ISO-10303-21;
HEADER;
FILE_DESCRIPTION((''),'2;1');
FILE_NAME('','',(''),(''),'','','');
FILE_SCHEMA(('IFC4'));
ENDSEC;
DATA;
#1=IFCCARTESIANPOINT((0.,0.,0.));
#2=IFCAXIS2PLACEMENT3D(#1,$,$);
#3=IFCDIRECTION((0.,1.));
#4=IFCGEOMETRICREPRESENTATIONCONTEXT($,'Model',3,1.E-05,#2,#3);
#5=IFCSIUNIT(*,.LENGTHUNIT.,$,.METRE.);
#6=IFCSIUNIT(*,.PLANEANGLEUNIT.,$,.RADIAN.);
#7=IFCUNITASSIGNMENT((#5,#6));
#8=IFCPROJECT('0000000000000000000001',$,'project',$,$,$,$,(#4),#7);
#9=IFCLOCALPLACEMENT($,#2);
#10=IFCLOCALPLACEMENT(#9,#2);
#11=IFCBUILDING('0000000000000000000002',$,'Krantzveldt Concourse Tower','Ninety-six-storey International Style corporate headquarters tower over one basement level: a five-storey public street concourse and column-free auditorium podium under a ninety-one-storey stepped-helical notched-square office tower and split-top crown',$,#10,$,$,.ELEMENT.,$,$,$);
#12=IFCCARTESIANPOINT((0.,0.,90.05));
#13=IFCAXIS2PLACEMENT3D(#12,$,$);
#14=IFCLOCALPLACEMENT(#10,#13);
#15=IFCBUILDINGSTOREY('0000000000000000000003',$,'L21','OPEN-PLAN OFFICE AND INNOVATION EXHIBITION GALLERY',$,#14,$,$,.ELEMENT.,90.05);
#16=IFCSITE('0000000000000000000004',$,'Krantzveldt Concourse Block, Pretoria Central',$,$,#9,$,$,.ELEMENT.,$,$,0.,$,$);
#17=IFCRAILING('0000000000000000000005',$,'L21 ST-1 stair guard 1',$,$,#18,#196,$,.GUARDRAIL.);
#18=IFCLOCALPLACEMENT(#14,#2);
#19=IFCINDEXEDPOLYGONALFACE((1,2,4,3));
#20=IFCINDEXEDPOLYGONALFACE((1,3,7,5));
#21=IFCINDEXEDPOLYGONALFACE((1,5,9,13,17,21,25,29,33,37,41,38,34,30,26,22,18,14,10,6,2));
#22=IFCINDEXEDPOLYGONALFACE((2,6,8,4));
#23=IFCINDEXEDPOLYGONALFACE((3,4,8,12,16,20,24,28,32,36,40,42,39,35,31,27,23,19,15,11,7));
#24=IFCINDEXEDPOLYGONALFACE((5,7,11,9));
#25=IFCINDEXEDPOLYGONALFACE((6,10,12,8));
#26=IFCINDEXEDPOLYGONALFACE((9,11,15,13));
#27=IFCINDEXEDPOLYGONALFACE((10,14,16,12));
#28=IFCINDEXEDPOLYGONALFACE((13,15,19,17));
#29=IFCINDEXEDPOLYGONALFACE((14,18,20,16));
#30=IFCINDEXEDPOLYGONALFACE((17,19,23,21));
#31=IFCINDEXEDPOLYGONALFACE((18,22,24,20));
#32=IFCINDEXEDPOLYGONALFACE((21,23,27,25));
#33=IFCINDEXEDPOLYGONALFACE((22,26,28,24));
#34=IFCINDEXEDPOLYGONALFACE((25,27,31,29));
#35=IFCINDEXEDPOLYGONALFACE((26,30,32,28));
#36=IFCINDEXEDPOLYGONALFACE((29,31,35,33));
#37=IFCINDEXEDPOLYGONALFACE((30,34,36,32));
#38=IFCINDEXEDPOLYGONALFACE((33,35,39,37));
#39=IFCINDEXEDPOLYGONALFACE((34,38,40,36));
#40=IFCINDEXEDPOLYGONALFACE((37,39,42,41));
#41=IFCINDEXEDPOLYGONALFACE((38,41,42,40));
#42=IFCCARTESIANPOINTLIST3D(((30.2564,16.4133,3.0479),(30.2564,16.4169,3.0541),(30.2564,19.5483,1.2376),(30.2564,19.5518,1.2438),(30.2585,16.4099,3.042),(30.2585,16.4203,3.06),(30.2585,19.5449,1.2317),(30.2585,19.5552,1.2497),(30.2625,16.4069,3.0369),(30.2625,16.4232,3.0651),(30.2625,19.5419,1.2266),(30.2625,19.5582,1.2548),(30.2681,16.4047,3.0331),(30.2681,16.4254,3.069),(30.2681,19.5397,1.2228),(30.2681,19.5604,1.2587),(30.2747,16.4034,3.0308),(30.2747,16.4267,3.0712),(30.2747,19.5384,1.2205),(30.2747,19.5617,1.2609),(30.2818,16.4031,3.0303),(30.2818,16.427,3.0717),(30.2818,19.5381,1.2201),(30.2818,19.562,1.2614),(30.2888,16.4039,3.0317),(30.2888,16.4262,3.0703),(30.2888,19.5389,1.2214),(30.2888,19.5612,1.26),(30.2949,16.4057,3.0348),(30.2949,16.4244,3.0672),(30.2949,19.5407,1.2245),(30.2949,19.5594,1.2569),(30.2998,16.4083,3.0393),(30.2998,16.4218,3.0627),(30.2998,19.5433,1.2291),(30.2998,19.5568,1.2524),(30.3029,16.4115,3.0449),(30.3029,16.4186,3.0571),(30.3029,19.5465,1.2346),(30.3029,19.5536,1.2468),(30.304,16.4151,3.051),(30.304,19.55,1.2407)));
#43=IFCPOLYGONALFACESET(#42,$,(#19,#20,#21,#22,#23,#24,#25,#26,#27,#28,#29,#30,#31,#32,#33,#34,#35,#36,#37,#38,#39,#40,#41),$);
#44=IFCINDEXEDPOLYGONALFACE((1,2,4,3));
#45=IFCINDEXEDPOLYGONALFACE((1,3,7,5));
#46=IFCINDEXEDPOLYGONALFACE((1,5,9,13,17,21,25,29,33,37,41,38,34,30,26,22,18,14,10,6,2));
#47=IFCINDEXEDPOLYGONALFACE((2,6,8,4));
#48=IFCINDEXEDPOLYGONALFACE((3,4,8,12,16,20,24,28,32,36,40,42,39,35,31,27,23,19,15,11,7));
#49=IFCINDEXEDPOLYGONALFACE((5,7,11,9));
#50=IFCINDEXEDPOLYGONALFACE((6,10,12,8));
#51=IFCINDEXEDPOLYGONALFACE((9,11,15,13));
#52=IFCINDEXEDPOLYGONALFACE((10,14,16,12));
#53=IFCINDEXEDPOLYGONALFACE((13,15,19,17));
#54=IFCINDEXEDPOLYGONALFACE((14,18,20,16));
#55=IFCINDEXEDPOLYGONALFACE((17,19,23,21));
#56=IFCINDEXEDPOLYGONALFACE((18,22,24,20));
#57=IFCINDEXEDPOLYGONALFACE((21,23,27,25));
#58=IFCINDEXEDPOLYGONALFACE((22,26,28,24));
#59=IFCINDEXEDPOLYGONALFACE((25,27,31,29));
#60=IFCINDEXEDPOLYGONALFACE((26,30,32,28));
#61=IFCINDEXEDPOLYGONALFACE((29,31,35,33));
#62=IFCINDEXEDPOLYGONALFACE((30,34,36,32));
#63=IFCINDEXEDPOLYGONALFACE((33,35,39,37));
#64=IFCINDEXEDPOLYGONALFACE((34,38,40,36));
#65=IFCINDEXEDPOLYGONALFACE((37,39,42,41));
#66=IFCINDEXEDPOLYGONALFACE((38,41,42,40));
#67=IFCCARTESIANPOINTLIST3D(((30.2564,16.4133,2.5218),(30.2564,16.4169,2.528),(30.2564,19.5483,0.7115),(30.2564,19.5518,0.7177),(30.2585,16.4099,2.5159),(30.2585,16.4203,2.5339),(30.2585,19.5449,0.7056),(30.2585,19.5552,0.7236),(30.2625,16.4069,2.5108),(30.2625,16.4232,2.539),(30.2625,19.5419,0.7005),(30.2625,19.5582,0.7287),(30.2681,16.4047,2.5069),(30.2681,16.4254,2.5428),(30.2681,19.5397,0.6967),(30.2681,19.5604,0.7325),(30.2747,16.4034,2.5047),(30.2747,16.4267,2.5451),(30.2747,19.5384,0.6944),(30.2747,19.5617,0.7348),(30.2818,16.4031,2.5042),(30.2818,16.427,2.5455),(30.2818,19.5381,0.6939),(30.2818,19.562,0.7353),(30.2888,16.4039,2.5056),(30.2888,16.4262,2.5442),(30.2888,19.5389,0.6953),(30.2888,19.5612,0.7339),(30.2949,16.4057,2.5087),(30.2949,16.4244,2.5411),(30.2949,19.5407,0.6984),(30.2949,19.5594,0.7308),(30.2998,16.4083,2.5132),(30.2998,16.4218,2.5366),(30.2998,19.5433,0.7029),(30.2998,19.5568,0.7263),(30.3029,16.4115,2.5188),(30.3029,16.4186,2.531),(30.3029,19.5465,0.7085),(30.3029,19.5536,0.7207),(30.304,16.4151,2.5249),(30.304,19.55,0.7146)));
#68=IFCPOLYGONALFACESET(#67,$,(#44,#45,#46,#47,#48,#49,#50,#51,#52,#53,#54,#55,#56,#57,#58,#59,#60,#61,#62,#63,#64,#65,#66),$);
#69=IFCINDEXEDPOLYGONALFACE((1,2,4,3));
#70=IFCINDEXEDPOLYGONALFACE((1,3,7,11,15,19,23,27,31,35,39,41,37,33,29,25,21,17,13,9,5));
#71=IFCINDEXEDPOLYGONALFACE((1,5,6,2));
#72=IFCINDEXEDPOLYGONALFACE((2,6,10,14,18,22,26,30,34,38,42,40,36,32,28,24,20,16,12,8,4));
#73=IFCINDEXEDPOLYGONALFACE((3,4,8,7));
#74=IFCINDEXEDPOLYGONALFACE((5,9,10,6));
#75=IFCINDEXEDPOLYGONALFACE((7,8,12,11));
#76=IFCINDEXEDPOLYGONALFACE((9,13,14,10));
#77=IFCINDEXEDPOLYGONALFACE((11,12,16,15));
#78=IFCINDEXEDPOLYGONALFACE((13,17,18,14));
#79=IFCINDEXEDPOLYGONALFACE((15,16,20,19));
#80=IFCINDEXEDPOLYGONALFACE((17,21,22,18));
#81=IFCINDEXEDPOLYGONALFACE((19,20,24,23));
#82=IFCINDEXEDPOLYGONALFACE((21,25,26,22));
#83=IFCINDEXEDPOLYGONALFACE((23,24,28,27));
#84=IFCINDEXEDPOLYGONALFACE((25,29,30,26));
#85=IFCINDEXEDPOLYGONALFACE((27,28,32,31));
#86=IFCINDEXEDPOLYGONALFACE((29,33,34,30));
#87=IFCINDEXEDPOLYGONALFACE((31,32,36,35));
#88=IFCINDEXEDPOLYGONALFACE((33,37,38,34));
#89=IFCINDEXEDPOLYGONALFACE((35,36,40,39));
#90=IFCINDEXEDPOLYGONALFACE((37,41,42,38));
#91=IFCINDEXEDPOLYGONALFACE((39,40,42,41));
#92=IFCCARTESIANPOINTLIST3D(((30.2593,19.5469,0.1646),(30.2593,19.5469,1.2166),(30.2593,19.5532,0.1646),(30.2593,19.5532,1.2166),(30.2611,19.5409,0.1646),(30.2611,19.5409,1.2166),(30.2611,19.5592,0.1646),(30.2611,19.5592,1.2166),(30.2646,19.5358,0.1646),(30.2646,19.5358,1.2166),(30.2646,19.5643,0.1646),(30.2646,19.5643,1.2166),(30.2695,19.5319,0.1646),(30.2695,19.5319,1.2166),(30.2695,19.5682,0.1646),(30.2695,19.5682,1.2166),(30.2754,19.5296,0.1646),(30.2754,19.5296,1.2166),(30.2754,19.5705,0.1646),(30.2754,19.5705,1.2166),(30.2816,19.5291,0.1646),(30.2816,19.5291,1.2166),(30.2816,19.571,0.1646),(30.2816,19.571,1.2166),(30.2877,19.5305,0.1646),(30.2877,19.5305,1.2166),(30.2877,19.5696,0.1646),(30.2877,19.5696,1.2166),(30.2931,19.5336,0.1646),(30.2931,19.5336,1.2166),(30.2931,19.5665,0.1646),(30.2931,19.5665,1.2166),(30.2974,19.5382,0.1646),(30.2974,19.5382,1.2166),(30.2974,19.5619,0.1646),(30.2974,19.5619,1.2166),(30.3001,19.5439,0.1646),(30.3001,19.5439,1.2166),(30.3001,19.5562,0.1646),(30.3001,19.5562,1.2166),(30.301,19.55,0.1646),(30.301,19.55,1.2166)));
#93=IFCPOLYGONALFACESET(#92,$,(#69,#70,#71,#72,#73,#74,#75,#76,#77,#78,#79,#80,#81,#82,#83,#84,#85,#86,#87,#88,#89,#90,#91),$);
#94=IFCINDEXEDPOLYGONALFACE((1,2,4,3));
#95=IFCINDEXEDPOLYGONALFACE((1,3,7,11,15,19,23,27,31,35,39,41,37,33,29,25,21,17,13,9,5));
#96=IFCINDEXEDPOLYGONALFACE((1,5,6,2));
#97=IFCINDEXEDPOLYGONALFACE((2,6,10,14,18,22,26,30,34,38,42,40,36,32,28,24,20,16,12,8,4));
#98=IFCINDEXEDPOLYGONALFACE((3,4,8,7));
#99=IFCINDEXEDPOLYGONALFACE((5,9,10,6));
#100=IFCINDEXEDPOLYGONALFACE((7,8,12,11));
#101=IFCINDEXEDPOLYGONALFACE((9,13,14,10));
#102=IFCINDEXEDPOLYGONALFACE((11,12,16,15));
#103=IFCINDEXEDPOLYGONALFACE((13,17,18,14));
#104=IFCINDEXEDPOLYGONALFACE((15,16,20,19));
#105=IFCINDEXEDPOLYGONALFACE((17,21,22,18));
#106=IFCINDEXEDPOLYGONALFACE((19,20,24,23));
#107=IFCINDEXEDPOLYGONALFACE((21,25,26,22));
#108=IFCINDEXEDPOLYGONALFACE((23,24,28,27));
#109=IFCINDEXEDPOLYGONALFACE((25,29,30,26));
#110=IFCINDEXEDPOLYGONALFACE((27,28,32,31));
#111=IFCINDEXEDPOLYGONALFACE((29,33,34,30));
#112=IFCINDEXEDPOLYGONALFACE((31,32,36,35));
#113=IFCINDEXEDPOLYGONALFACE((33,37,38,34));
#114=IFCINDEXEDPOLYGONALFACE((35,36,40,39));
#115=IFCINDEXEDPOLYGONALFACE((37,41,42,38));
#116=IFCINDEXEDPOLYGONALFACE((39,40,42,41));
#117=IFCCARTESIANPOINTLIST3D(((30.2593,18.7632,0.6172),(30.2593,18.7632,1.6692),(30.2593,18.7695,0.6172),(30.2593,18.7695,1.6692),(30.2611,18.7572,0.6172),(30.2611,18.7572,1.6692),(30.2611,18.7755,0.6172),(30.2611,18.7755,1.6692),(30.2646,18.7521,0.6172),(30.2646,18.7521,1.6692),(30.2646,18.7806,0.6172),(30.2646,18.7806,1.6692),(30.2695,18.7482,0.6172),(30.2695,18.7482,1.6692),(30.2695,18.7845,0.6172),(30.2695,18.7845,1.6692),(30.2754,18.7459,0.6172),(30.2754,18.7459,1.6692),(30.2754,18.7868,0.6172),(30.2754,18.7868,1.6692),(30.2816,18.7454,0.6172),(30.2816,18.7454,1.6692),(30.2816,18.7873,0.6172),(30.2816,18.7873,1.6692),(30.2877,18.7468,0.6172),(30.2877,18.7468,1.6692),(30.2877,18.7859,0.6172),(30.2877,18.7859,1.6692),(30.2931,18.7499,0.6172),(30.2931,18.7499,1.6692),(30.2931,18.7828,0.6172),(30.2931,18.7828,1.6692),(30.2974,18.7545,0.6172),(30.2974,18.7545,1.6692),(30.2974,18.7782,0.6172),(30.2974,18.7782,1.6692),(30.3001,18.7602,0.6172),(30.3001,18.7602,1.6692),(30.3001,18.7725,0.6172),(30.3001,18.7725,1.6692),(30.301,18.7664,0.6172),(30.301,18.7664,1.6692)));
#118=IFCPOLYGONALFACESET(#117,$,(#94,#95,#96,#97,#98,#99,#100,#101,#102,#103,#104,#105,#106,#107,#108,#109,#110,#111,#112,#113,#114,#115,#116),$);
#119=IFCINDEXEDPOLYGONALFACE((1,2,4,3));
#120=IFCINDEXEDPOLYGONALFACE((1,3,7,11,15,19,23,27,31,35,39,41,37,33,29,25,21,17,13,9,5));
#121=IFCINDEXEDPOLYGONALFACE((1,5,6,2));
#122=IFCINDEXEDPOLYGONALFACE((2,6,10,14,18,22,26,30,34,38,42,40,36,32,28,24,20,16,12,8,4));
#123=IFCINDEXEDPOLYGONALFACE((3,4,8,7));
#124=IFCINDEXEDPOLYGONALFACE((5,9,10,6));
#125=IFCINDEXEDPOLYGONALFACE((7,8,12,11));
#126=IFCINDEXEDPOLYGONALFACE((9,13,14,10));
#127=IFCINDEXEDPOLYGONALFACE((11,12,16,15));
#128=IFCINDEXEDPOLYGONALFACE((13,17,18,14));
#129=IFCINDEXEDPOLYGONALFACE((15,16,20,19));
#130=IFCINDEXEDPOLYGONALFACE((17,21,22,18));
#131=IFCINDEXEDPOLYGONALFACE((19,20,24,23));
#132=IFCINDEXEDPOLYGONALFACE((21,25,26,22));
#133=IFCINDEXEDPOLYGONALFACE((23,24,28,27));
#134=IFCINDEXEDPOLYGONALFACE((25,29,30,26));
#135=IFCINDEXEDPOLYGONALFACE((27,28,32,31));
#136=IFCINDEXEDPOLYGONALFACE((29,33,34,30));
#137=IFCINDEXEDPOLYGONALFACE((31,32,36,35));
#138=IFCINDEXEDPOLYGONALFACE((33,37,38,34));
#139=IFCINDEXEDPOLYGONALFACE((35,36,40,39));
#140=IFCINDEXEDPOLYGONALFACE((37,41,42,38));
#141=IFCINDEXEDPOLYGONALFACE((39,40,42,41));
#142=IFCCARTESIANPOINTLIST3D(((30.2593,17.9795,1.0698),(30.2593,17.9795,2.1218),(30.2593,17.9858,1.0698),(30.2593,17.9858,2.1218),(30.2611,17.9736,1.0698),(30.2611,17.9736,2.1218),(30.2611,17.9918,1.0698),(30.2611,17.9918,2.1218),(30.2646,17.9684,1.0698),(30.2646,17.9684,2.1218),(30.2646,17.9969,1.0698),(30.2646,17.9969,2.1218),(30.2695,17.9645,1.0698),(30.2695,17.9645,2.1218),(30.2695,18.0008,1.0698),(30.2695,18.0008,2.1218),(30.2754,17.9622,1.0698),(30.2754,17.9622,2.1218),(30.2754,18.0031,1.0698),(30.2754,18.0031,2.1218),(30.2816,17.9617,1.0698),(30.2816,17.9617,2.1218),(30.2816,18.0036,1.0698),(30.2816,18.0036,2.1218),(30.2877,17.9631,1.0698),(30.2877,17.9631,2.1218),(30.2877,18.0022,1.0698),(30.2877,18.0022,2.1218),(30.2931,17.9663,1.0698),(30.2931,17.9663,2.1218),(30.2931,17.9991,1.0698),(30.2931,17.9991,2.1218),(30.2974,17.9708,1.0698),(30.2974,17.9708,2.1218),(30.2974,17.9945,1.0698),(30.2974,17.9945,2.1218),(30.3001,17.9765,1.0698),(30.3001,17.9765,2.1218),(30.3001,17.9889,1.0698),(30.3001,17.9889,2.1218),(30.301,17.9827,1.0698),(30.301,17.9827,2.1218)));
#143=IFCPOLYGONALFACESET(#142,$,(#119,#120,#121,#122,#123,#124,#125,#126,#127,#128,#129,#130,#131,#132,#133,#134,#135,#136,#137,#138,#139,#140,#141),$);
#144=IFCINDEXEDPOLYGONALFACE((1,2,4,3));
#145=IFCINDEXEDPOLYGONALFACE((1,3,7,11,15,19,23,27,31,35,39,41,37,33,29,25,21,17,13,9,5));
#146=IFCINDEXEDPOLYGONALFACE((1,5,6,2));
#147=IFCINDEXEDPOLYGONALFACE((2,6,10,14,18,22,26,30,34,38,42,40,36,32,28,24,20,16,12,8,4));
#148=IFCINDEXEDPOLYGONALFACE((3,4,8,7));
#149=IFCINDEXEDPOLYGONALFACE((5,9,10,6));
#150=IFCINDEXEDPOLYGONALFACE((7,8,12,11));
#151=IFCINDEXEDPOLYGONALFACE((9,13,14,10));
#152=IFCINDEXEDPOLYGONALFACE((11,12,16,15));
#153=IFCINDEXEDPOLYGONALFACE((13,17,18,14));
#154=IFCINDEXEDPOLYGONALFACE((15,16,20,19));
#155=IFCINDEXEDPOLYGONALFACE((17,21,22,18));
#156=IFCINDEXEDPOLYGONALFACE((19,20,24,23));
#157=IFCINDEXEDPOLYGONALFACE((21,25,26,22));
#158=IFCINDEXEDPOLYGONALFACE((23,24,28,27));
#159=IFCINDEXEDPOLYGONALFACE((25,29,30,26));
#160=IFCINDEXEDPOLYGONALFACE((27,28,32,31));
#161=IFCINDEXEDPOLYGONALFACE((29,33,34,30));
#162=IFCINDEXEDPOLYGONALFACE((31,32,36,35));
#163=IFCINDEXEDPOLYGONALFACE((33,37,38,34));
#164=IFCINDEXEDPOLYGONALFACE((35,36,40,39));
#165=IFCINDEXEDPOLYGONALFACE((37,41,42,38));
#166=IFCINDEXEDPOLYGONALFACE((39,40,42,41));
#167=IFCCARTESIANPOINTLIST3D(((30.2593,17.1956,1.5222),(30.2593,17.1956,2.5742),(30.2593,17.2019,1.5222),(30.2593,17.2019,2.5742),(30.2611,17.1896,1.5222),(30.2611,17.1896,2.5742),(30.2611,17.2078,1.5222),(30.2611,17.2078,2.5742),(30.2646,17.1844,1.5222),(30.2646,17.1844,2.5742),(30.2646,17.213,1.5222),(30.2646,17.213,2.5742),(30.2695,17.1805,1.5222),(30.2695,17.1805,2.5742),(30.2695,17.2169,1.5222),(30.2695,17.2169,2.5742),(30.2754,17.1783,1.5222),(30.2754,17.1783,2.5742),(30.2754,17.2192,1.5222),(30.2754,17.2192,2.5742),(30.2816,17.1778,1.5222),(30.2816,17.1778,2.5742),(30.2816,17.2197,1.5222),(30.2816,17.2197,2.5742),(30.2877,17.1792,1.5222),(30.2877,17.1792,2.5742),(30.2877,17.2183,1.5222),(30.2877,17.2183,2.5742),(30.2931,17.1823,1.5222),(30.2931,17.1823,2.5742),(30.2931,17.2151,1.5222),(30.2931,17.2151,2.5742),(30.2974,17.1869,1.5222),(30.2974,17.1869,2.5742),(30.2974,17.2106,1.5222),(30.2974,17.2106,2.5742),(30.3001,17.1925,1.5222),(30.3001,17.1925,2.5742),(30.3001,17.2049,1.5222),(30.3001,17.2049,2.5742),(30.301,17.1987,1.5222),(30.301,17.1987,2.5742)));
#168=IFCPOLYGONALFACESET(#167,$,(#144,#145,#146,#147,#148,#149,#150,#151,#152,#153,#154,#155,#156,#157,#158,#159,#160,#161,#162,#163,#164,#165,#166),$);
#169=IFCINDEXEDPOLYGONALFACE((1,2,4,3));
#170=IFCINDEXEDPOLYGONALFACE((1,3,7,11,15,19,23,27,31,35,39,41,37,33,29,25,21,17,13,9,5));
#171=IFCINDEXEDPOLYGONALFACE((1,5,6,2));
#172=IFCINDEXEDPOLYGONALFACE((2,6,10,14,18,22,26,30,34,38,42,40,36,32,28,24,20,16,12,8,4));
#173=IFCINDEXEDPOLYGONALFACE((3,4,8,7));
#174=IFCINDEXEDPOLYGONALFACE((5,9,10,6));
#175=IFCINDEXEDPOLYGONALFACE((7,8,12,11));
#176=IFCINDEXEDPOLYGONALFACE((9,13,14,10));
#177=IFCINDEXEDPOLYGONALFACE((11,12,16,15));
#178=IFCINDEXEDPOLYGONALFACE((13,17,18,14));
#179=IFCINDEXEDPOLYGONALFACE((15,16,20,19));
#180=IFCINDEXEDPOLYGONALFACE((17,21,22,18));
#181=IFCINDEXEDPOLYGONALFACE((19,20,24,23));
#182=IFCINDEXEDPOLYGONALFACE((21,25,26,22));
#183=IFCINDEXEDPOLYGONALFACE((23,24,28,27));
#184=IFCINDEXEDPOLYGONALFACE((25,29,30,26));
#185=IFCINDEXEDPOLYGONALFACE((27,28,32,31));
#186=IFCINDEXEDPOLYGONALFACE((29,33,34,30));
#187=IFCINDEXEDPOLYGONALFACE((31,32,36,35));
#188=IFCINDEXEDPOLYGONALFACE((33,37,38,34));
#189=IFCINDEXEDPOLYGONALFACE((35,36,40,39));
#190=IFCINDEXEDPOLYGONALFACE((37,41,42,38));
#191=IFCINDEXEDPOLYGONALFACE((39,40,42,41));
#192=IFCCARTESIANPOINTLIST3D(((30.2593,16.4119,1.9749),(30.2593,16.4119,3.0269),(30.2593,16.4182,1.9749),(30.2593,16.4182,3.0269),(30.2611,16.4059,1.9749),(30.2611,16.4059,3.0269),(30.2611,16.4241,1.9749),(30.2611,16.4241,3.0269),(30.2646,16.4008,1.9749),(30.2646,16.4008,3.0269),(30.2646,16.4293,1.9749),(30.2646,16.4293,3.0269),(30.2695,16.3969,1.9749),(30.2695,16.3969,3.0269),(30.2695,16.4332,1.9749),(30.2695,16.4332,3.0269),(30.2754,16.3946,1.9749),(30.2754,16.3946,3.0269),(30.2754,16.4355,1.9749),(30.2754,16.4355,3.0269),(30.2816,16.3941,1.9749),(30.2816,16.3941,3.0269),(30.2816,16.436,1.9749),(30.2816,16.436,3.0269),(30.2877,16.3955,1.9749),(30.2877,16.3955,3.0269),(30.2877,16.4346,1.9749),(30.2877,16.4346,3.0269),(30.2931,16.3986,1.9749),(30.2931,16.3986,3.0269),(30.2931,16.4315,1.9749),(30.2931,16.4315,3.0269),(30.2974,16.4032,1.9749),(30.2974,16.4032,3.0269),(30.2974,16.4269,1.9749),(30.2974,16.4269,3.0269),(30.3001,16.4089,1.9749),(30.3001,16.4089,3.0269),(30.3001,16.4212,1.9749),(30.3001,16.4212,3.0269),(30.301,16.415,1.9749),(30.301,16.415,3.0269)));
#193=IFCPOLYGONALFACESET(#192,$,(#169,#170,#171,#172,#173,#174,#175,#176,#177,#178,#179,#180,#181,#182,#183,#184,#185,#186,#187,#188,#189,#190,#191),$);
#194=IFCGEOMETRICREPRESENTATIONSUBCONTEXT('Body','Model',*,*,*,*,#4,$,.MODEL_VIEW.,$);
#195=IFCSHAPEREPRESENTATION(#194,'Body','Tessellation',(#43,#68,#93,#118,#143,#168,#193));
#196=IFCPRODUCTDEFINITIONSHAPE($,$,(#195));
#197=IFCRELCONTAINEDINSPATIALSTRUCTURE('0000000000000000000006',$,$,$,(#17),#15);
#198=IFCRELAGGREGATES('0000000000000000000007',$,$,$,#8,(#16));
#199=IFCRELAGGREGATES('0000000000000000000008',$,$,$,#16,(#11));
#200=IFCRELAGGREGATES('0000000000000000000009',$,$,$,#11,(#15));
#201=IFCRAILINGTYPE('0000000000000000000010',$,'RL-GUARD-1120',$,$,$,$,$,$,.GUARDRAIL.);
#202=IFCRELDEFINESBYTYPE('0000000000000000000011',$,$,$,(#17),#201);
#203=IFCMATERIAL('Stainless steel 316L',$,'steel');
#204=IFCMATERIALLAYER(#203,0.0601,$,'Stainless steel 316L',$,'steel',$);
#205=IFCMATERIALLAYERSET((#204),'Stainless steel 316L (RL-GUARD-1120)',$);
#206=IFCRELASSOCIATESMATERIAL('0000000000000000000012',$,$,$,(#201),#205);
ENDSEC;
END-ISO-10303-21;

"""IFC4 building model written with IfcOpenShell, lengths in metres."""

from ifc_helpers import new_model, si_unit, direction, frame, origin, origin_2d, place, context, subcontext, project, spatial, circle, extrude, material, layer, layer_set, type_object, element, save


model = new_model("IFC4")

# Units and contexts
model_context = context("Model", 3, precision=1e-05, world=origin(), true_north=direction((0.0, 1.0)))
body_context = subcontext(model_context, "Body", "Model", "MODEL_VIEW")
ifc_project = project(units=[si_unit("LENGTHUNIT", "METRE"), si_unit("PLANEANGLEUNIT", "RADIAN")], contexts=[model_context])

# Site, building, storey
site_placement = place(None, origin())
site = spatial("IfcSite", under=ifc_project, at=site_placement, Name="Krantzveldt Concourse Block, Pretoria Central", CompositionType="ELEMENT", RefElevation=0.0)
building_placement = place(site_placement, origin())
building = spatial("IfcBuilding", under=site, at=building_placement, Name="Krantzveldt Concourse Tower", Description="Ninety-six-storey International Style corporate headquarters tower over one basement level: a five-storey public street concourse and column-free auditorium podium under a ninety-one-storey stepped-helical notched-square office tower and split-top crown", CompositionType="ELEMENT")
storey_placement = place(building_placement, frame((0.0, 0.0, 90.05)))
storey = spatial("IfcBuildingStorey", under=building, at=storey_placement, Name="L21", Description="OPEN-PLAN OFFICE AND INNOVATION EXHIBITION GALLERY", CompositionType="ELEMENT", Elevation=90.05)

# Railing
ifc_material_1 = material(Name="Stainless steel 316L", Category="steel")
ifc_layer_1 = layer(ifc_material_1, 0.0601, Name="Stainless steel 316L", Category="steel")
ifc_layer_set_1 = layer_set([ifc_layer_1], Name="Stainless steel 316L (RL-GUARD-1120)")
railing_type_1 = type_object("IfcRailingType", Name="RL-GUARD-1120", PredefinedType="GUARDRAIL", material=ifc_layer_set_1)
railing_1_placement = place(storey_placement, frame((30.28, 19.55, 0.1646)))
element("IfcRailing", 1, at=railing_1_placement, inside=storey, type_object=railing_type_1, Name="L21 ST-1 stair guard 1", PredefinedType="GUARDRAIL", context=body_context, shape_type="SweptSolid", body=[
    extrude(circle(Radius=0.0239, at=origin_2d()), frame((0.0, 0.0, 1.0762), z_axis=(0.0, -0.865989, 0.500063), x_axis=(1.0, 0.0, 0.0)), (0.0, 0.0, 1.0), 3.6201),
    extrude(circle(Radius=0.0239, at=origin_2d()), frame((0.0, 0.0, 0.55), z_axis=(0.0, -0.865989, 0.500063), x_axis=(1.0, 0.0, 0.0)), (0.0, 0.0, 1.0), 3.6201),
    extrude(circle(Radius=0.021, at=origin_2d()), origin(), (0.0, 0.0, 1.0), 1.052),
    extrude(circle(Radius=0.021, at=origin_2d()), frame((0.0, -0.7837, 0.4526)), (0.0, 0.0, 1.0), 1.052),
    extrude(circle(Radius=0.021, at=origin_2d()), frame((0.0, -1.5674, 0.9053)), (0.0, 0.0, 1.0), 1.052),
    extrude(circle(Radius=0.021, at=origin_2d()), frame((0.0, -2.3513, 1.3577)), (0.0, 0.0, 1.0), 1.052),
    extrude(circle(Radius=0.021, at=origin_2d()), frame((0.0, -3.135, 1.8103)), (0.0, 0.0, 1.0), 1.052),
])

save(model, "model.ifc")
